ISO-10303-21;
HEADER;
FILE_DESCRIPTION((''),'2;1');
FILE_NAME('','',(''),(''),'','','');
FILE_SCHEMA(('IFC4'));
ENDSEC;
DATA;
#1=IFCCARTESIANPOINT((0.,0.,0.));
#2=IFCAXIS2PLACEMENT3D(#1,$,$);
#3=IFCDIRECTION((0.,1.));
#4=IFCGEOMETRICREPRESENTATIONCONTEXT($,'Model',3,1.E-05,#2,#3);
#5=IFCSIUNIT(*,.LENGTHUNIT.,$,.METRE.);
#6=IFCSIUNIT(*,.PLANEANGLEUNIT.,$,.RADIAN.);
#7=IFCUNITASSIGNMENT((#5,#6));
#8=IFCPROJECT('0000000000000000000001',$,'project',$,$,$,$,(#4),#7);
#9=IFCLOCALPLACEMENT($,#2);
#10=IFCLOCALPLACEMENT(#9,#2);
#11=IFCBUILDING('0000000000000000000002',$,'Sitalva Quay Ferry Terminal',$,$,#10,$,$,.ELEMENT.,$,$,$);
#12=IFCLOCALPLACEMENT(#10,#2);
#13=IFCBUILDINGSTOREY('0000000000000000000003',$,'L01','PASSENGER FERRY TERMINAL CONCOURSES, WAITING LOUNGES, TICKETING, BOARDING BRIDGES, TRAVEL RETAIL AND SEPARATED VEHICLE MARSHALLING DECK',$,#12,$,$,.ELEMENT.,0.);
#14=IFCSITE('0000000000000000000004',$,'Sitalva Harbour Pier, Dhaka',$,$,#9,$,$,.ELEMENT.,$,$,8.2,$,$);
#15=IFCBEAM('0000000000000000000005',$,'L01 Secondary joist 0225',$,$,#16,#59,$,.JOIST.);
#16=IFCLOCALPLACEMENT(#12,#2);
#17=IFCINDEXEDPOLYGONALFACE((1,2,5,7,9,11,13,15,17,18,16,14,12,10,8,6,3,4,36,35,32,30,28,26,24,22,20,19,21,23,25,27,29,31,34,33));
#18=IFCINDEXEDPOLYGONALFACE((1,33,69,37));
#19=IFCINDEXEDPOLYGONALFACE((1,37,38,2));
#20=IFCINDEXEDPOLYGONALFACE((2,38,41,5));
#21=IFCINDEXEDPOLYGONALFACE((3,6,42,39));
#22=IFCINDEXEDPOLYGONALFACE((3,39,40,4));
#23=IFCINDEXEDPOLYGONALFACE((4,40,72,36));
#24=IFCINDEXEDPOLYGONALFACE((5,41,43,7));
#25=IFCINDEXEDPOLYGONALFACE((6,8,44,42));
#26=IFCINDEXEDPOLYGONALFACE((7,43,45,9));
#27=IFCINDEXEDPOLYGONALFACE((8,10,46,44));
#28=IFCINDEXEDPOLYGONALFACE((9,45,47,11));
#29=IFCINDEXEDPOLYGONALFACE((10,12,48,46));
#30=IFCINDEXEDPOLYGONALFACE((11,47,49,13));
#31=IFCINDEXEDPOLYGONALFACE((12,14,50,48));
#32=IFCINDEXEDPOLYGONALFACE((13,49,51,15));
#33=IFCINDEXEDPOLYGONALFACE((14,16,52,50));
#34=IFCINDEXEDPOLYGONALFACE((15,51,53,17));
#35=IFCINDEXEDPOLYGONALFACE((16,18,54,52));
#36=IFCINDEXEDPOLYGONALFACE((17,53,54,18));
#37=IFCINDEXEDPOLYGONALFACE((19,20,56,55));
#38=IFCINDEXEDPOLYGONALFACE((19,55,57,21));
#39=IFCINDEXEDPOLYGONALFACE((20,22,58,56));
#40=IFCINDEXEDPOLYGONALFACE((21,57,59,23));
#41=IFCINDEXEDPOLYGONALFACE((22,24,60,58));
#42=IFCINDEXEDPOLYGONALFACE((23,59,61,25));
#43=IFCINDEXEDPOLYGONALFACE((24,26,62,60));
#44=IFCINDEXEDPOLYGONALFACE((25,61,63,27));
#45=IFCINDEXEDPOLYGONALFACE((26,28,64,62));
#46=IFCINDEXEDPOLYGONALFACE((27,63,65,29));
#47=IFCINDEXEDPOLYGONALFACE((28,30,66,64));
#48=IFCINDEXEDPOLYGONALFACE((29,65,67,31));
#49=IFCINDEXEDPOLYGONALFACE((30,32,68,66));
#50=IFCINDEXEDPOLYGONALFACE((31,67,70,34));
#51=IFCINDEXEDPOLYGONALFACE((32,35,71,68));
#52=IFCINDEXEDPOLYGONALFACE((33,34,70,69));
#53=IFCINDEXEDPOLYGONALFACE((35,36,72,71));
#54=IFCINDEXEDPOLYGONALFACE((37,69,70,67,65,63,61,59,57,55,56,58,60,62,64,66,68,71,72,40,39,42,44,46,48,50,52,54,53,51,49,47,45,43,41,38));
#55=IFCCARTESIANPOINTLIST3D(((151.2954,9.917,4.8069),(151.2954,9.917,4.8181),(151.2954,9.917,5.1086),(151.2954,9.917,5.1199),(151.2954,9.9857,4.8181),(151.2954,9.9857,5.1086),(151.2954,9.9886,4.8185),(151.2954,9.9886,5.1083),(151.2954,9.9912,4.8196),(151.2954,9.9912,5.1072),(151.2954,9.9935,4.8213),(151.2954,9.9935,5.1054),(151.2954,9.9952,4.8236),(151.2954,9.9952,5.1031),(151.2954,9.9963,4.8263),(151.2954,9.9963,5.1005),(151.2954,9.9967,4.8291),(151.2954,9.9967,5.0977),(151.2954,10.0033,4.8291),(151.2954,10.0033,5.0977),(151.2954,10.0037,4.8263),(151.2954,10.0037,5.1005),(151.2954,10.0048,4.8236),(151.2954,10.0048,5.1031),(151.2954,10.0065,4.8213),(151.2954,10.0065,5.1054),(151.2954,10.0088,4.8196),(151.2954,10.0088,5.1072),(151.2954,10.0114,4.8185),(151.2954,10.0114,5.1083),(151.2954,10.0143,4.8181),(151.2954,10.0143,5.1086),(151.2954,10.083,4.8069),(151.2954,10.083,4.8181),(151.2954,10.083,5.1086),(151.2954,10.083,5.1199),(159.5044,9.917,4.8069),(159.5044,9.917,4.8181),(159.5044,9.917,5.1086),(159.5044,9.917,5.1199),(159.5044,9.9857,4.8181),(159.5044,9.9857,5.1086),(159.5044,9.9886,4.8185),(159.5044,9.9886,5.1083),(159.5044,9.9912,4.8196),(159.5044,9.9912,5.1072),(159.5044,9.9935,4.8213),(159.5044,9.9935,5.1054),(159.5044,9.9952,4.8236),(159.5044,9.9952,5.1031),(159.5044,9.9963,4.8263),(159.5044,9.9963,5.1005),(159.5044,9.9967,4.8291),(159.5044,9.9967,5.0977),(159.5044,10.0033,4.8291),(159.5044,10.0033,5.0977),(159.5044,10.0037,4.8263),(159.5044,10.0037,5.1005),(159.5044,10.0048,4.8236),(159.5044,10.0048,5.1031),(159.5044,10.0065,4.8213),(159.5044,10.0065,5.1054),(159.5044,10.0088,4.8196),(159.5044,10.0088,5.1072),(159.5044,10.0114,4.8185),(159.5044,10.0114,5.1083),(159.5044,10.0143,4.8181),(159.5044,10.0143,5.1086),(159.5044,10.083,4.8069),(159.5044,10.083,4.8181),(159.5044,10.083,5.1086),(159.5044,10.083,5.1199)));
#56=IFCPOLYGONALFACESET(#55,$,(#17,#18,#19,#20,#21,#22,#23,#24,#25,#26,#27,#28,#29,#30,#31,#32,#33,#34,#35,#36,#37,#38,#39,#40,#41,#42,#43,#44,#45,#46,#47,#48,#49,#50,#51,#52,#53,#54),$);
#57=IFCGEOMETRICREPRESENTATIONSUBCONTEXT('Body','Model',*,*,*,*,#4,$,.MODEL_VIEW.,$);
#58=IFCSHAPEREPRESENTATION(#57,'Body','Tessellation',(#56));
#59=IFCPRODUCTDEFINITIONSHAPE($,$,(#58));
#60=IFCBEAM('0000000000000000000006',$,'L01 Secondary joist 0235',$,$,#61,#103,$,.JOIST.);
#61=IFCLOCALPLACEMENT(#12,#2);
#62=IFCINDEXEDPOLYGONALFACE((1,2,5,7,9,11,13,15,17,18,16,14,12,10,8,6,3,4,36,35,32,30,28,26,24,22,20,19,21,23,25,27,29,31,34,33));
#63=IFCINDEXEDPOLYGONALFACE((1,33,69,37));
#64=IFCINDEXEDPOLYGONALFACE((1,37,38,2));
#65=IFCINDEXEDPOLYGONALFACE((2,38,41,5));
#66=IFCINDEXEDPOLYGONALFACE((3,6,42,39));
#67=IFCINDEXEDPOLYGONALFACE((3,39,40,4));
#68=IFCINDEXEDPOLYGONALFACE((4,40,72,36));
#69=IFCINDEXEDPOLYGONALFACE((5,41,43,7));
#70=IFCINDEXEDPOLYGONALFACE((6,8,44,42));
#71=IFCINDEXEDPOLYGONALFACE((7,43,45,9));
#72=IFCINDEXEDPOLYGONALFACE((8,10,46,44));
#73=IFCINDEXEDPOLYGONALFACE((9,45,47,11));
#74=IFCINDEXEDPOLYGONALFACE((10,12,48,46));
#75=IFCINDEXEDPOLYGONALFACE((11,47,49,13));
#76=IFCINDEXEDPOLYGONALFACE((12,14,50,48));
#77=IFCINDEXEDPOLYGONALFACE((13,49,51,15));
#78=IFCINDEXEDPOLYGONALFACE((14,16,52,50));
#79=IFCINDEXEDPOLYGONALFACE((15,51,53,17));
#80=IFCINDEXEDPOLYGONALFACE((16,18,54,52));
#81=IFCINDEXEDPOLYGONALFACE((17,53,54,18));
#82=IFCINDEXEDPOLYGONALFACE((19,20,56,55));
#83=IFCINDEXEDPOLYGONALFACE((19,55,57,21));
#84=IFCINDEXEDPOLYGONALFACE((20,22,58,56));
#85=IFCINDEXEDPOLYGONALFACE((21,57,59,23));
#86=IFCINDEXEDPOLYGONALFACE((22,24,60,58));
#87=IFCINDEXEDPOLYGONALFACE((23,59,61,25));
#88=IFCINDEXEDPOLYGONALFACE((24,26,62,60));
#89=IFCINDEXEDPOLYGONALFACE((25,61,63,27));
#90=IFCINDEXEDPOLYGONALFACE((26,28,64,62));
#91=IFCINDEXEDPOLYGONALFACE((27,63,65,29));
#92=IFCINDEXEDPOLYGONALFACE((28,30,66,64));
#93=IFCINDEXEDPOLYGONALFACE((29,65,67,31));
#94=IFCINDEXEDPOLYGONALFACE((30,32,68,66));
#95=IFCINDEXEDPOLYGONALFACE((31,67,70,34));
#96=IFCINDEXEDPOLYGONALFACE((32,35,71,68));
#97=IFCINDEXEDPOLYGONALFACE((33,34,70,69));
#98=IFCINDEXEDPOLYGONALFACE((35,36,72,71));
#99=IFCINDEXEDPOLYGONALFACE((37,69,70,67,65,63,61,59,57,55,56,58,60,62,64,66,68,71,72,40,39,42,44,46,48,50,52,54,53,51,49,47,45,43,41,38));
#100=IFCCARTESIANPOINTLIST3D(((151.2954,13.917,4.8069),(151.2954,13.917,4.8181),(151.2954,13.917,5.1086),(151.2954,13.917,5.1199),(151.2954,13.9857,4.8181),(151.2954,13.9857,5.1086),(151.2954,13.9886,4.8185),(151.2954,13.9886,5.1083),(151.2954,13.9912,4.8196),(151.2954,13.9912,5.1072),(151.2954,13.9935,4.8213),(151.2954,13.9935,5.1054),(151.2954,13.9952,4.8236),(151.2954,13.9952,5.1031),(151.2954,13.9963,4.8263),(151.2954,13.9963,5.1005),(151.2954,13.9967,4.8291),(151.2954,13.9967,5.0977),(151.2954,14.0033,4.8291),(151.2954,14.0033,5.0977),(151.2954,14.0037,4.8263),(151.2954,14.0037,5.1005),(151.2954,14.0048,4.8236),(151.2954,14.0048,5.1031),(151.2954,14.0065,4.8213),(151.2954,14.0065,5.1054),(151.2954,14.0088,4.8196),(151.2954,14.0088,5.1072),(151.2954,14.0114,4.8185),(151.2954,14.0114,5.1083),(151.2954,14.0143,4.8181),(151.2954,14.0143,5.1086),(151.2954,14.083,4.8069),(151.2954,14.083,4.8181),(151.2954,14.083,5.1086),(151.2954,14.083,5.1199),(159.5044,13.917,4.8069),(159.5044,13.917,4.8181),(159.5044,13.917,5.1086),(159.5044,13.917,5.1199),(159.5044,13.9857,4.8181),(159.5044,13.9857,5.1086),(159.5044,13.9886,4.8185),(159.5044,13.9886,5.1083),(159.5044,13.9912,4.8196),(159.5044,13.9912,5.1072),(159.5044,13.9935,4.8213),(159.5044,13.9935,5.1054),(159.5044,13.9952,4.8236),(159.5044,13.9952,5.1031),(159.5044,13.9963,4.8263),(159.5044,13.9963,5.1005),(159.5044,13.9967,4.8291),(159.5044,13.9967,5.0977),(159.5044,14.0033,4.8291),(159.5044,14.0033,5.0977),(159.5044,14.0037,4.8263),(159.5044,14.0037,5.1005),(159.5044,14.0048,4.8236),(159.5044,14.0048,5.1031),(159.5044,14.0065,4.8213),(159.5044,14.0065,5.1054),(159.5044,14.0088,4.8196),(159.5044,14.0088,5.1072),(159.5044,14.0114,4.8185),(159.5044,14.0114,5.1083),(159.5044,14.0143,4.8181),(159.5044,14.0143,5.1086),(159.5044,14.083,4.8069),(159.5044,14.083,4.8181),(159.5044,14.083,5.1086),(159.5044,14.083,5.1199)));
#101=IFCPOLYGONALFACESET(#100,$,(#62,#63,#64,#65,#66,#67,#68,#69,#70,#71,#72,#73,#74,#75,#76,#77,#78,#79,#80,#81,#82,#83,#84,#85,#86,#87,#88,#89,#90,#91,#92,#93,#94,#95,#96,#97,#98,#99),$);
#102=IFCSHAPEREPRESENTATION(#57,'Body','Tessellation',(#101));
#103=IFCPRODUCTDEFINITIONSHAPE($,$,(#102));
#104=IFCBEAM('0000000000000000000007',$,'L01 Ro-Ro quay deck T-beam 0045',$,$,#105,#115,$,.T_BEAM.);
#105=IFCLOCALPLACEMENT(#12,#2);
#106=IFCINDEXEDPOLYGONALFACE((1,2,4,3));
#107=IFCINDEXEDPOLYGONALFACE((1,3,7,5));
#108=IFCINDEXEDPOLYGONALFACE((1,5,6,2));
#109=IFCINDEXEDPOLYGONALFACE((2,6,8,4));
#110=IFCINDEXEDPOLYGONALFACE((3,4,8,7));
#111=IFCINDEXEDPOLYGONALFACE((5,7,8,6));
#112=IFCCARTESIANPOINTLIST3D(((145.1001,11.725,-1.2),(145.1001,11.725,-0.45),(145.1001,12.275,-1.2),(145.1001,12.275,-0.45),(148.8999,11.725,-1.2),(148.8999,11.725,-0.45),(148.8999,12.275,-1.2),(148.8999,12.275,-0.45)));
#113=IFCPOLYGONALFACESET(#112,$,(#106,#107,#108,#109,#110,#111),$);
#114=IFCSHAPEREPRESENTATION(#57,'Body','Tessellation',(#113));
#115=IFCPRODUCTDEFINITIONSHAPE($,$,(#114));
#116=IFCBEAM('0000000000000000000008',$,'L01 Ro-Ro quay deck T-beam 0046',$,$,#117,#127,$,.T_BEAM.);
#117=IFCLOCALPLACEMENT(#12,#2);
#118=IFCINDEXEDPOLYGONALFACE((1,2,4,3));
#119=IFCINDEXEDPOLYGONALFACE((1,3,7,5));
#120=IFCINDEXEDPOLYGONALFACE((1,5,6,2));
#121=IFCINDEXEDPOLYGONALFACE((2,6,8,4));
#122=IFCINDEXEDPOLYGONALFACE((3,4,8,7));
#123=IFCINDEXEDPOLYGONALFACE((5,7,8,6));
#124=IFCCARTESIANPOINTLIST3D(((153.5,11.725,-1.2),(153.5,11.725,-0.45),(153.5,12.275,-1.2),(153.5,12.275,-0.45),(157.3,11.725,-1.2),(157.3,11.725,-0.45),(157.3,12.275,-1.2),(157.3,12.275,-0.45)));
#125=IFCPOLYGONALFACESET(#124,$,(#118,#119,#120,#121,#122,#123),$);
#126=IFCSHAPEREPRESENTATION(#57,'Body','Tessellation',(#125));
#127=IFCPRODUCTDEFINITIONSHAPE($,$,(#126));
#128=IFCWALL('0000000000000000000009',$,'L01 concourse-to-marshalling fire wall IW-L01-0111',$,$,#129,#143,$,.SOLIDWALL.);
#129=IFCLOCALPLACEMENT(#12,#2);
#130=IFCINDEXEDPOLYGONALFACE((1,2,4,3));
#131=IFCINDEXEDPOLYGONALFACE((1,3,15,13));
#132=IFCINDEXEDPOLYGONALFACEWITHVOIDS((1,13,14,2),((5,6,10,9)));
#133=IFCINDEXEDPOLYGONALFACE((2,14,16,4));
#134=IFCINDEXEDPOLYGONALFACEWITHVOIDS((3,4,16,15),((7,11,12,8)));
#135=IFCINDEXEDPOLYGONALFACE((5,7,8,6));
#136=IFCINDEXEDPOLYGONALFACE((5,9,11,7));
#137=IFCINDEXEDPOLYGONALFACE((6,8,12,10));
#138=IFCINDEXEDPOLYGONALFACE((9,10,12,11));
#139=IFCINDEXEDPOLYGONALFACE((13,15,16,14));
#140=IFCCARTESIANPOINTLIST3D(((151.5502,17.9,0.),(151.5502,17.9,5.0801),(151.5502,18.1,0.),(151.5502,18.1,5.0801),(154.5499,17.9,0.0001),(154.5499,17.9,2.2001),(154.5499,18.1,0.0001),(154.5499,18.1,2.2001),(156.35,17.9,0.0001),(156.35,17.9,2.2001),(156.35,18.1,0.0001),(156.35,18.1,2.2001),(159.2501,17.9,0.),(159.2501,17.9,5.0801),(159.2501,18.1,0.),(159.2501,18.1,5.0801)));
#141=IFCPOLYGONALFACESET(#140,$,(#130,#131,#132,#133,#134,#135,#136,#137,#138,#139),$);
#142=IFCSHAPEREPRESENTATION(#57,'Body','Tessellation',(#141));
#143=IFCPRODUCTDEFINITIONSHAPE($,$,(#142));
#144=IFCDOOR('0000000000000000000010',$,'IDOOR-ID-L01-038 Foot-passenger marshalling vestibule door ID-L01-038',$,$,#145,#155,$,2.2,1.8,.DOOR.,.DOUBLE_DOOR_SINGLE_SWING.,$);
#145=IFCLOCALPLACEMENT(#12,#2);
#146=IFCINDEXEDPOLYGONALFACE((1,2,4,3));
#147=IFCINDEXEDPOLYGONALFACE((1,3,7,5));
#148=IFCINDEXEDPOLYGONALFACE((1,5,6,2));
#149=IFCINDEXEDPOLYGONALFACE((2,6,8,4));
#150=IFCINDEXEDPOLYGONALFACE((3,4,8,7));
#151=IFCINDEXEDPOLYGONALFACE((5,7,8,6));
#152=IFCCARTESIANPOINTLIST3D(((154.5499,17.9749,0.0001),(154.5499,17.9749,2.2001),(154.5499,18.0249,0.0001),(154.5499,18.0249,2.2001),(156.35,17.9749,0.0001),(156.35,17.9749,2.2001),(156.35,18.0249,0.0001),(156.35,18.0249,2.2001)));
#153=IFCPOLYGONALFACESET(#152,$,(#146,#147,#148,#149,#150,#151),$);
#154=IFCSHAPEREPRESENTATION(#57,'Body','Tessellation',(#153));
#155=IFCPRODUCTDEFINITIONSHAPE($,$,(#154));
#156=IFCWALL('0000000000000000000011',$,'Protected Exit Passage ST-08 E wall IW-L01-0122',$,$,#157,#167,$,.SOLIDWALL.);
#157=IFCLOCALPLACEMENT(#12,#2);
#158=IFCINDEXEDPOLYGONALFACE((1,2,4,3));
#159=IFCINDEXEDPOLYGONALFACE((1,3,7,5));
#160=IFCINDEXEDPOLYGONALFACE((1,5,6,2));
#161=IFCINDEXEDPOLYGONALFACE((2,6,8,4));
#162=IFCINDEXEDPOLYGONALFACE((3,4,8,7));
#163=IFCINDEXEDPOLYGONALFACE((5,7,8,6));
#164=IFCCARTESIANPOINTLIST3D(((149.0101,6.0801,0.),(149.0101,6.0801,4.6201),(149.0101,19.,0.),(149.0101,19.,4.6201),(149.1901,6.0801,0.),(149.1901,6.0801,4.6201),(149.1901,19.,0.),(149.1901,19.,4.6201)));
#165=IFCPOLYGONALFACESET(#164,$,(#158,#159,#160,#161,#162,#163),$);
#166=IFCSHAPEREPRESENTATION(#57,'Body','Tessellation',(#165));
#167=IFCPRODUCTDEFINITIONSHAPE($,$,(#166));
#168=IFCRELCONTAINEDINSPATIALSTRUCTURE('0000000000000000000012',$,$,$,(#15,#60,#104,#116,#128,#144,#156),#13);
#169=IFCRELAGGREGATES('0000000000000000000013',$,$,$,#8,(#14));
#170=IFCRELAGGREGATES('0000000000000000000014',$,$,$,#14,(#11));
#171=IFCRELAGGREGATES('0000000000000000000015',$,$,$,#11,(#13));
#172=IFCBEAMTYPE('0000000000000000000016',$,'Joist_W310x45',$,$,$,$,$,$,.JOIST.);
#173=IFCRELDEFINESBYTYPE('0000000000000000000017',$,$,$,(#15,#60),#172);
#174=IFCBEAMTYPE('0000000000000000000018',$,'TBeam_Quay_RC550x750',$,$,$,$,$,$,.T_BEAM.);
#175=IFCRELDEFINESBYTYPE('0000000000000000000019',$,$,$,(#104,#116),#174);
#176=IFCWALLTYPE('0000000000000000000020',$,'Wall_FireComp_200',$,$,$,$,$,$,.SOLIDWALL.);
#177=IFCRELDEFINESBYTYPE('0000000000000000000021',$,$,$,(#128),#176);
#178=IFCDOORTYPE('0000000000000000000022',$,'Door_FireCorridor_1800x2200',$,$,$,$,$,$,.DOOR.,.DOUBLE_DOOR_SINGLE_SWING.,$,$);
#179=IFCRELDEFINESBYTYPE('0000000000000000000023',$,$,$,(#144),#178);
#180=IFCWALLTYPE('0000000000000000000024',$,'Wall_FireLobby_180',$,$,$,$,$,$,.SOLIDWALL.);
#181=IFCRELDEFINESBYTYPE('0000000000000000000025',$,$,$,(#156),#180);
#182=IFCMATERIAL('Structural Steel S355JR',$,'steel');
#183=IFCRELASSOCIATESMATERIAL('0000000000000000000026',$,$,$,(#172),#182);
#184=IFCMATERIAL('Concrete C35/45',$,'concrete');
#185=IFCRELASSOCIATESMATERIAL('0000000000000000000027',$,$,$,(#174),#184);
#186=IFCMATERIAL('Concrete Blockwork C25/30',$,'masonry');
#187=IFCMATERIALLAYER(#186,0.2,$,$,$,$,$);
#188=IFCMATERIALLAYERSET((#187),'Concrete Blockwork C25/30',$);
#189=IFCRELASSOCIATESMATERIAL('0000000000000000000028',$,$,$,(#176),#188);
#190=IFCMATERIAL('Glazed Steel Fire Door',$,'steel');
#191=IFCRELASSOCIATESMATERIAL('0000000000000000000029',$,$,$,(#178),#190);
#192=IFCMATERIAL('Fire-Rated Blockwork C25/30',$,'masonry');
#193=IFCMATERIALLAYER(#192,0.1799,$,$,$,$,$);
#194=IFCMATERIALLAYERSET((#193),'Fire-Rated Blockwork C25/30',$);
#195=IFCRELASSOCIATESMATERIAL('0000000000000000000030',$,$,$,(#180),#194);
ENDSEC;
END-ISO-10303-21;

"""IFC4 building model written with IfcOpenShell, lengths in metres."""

from ifc_helpers import new_model, si_unit, direction, frame, frame_2d, origin, origin_2d, place, context, subcontext, project, spatial, rectangle, i_section, extrude, material, layer, layer_set, material_profile, profile_set, type_object, element, fill, save


model = new_model("IFC4")

# Units and contexts
model_context = context("Model", 3, precision=1e-05, world=origin(), true_north=direction((0.0, 1.0)))
body_context = subcontext(model_context, "Body", "Model", "MODEL_VIEW")
ifc_project = project(units=[si_unit("LENGTHUNIT", "METRE"), si_unit("PLANEANGLEUNIT", "RADIAN")], contexts=[model_context])

# Site, building, storey
site_placement = place(None, origin())
site = spatial("IfcSite", under=ifc_project, at=site_placement, Name="Sitalva Harbour Pier, Dhaka", CompositionType="ELEMENT", RefElevation=8.2)
building_placement = place(site_placement, origin())
building = spatial("IfcBuilding", under=site, at=building_placement, Name="Sitalva Quay Ferry Terminal", CompositionType="ELEMENT")
storey_placement = place(building_placement, origin())
storey = spatial("IfcBuildingStorey", under=building, at=storey_placement, Name="L01", Description="PASSENGER FERRY TERMINAL CONCOURSES, WAITING LOUNGES, TICKETING, BOARDING BRIDGES, TRAVEL RETAIL AND SEPARATED VEHICLE MARSHALLING DECK", CompositionType="ELEMENT", Elevation=0.0)

# Beams
ifc_material_1 = material(Name="Structural Steel S355JR", Category="steel")
ifc_material_profile_1 = material_profile(ifc_material_1, i_section(OverallWidth=0.166, OverallDepth=0.313, WebThickness=0.0066, FlangeThickness=0.0112, FilletRadius=0.011, at=origin_2d()), Name="W310x45")
ifc_profile_set_1 = profile_set([ifc_material_profile_1], Name="Structural Steel S355JR")
beam_type_1 = type_object("IfcBeamType", Name="Joist_W310x45", PredefinedType="JOIST", material=ifc_profile_set_1)
for number, where, z_axis, x_axis, name in (
    (1, (151.2954, 10.0, 4.9634), (1.0, 0.0, 0.0), (0.0, 1.0, 0.0), "L01 Secondary joist 0225"),
    (2, (151.2954, 14.0, 4.9634), (1.0, 0.0, 0.0), (0.0, 1.0, 0.0), "L01 Secondary joist 0235"),
):
    element("IfcBeam", number, at=place(storey_placement, frame(where, z_axis=z_axis, x_axis=x_axis)), inside=storey, type_object=beam_type_1, Name=name, PredefinedType="JOIST", context=body_context, shape_type="SweptSolid", body=[
        extrude(i_section(OverallWidth=0.166, OverallDepth=0.313, WebThickness=0.0066, FlangeThickness=0.0112, FilletRadius=0.011, at=origin_2d()), origin(), (0.0, 0.0, 1.0), 8.209),
    ])
ifc_material_2 = material(Name="Concrete C35/45", Category="concrete")
ifc_material_profile_2 = material_profile(ifc_material_2, rectangle(XDim=0.55, YDim=0.75, at=origin_2d()), Name="RC550x750")
ifc_profile_set_2 = profile_set([ifc_material_profile_2], Name="Concrete C35/45")
beam_type_2 = type_object("IfcBeamType", Name="TBeam_Quay_RC550x750", PredefinedType="T_BEAM", material=ifc_profile_set_2)
beam_1_placement = place(storey_placement, frame((145.1001, 12.0, -0.825), z_axis=(1.0, 0.0, 0.0), x_axis=(0.0, 1.0, 0.0)))
element("IfcBeam", 3, at=beam_1_placement, inside=storey, type_object=beam_type_2, Name="L01 Ro-Ro quay deck T-beam 0045", PredefinedType="T_BEAM", context=body_context, shape_type="SweptSolid", body=[
    extrude(rectangle(XDim=0.55, YDim=0.75, at=origin_2d()), origin(), (0.0, 0.0, 1.0), 3.7998),
])
beam_2_placement = place(storey_placement, frame((153.5, 12.0, -0.825), z_axis=(1.0, 0.0, 0.0), x_axis=(0.0, 1.0, 0.0)))
element("IfcBeam", 4, at=beam_2_placement, inside=storey, type_object=beam_type_2, Name="L01 Ro-Ro quay deck T-beam 0046", PredefinedType="T_BEAM", context=body_context, shape_type="SweptSolid", body=[
    extrude(rectangle(XDim=0.55, YDim=0.75, at=origin_2d()), origin(), (0.0, 0.0, 1.0), 3.8),
])

# Wall, opening, door
ifc_material_3 = material(Name="Concrete Blockwork C25/30", Category="masonry")
ifc_layer_1 = layer(ifc_material_3, 0.2)
ifc_layer_set_1 = layer_set([ifc_layer_1], Name="Concrete Blockwork C25/30")
wall_type_1 = type_object("IfcWallType", Name="Wall_FireComp_200", PredefinedType="SOLIDWALL", material=ifc_layer_set_1)
wall_1_placement = place(storey_placement, frame((151.55, 18.0, 0.0), z_axis=(0.0, 0.0, 1.0), x_axis=(1.0, 0.0, 0.0)))
wall_1 = element("IfcWall", 5, at=wall_1_placement, inside=storey, type_object=wall_type_1, Name="L01 concourse-to-marshalling fire wall IW-L01-0111", PredefinedType="SOLIDWALL", context=body_context, shape_type="SweptSolid", body=[
    extrude(rectangle(XDim=7.7, YDim=0.2, at=frame_2d((3.8501, 0.0))), origin(), (0.0, 0.0, 1.0), 5.0801),
])
opening_placement = place(wall_1_placement, frame((3.0, 0.0, 0.0)))
opening = element("IfcOpeningElement", 6, at=opening_placement, cuts=wall_1, PredefinedType="OPENING", context=body_context, shape_type="SweptSolid", body=[
    extrude(rectangle(XDim=1.8, YDim=2.2, at=frame_2d((0.8999, 1.1001))), frame((0.0, 0.1099, 0.0), z_axis=(0.0, -1.0, 0.0), x_axis=(1.0, 0.0, 0.0)), (0.0, 0.0, 1.0), 0.22),
])
ifc_material_4 = material(Name="Glazed Steel Fire Door", Category="steel")
door_type = type_object("IfcDoorType", Name="Door_FireCorridor_1800x2200", OperationType="DOUBLE_DOOR_SINGLE_SWING", PredefinedType="DOOR", material=ifc_material_4)
door_placement = place(opening_placement, origin())
door = element("IfcDoor", 7, at=door_placement, inside=storey, type_object=door_type, Name="IDOOR-ID-L01-038 Foot-passenger marshalling vestibule door ID-L01-038", OperationType="DOUBLE_DOOR_SINGLE_SWING", OverallHeight=2.2, OverallWidth=1.8, PredefinedType="DOOR", context=body_context, shape_type="SweptSolid", body=[
    extrude(rectangle(XDim=1.8, YDim=2.2, at=frame_2d((0.8999, 1.1001))), frame((0.0, 0.0249, 0.0), z_axis=(0.0, -1.0, 0.0), x_axis=(1.0, 0.0, 0.0)), (0.0, 0.0, 1.0), 0.05),
])
fill(opening, door)

# Wall
ifc_material_5 = material(Name="Fire-Rated Blockwork C25/30", Category="masonry")
ifc_layer_2 = layer(ifc_material_5, 0.1799)
ifc_layer_set_2 = layer_set([ifc_layer_2], Name="Fire-Rated Blockwork C25/30")
wall_type_2 = type_object("IfcWallType", Name="Wall_FireLobby_180", PredefinedType="SOLIDWALL", material=ifc_layer_set_2)
wall_2_placement = place(storey_placement, frame((149.1001, 6.0801, 0.0), z_axis=(0.0, 0.0, 1.0), x_axis=(0.0, 1.0, 0.0)))
element("IfcWall", 8, at=wall_2_placement, inside=storey, type_object=wall_type_2, Name="Protected Exit Passage ST-08 E wall IW-L01-0122", PredefinedType="SOLIDWALL", context=body_context, shape_type="SweptSolid", body=[
    extrude(rectangle(XDim=12.9199, YDim=0.1799, at=frame_2d((6.46, 0.0))), origin(), (0.0, 0.0, 1.0), 4.6201),
])

save(model, "model.ifc")
